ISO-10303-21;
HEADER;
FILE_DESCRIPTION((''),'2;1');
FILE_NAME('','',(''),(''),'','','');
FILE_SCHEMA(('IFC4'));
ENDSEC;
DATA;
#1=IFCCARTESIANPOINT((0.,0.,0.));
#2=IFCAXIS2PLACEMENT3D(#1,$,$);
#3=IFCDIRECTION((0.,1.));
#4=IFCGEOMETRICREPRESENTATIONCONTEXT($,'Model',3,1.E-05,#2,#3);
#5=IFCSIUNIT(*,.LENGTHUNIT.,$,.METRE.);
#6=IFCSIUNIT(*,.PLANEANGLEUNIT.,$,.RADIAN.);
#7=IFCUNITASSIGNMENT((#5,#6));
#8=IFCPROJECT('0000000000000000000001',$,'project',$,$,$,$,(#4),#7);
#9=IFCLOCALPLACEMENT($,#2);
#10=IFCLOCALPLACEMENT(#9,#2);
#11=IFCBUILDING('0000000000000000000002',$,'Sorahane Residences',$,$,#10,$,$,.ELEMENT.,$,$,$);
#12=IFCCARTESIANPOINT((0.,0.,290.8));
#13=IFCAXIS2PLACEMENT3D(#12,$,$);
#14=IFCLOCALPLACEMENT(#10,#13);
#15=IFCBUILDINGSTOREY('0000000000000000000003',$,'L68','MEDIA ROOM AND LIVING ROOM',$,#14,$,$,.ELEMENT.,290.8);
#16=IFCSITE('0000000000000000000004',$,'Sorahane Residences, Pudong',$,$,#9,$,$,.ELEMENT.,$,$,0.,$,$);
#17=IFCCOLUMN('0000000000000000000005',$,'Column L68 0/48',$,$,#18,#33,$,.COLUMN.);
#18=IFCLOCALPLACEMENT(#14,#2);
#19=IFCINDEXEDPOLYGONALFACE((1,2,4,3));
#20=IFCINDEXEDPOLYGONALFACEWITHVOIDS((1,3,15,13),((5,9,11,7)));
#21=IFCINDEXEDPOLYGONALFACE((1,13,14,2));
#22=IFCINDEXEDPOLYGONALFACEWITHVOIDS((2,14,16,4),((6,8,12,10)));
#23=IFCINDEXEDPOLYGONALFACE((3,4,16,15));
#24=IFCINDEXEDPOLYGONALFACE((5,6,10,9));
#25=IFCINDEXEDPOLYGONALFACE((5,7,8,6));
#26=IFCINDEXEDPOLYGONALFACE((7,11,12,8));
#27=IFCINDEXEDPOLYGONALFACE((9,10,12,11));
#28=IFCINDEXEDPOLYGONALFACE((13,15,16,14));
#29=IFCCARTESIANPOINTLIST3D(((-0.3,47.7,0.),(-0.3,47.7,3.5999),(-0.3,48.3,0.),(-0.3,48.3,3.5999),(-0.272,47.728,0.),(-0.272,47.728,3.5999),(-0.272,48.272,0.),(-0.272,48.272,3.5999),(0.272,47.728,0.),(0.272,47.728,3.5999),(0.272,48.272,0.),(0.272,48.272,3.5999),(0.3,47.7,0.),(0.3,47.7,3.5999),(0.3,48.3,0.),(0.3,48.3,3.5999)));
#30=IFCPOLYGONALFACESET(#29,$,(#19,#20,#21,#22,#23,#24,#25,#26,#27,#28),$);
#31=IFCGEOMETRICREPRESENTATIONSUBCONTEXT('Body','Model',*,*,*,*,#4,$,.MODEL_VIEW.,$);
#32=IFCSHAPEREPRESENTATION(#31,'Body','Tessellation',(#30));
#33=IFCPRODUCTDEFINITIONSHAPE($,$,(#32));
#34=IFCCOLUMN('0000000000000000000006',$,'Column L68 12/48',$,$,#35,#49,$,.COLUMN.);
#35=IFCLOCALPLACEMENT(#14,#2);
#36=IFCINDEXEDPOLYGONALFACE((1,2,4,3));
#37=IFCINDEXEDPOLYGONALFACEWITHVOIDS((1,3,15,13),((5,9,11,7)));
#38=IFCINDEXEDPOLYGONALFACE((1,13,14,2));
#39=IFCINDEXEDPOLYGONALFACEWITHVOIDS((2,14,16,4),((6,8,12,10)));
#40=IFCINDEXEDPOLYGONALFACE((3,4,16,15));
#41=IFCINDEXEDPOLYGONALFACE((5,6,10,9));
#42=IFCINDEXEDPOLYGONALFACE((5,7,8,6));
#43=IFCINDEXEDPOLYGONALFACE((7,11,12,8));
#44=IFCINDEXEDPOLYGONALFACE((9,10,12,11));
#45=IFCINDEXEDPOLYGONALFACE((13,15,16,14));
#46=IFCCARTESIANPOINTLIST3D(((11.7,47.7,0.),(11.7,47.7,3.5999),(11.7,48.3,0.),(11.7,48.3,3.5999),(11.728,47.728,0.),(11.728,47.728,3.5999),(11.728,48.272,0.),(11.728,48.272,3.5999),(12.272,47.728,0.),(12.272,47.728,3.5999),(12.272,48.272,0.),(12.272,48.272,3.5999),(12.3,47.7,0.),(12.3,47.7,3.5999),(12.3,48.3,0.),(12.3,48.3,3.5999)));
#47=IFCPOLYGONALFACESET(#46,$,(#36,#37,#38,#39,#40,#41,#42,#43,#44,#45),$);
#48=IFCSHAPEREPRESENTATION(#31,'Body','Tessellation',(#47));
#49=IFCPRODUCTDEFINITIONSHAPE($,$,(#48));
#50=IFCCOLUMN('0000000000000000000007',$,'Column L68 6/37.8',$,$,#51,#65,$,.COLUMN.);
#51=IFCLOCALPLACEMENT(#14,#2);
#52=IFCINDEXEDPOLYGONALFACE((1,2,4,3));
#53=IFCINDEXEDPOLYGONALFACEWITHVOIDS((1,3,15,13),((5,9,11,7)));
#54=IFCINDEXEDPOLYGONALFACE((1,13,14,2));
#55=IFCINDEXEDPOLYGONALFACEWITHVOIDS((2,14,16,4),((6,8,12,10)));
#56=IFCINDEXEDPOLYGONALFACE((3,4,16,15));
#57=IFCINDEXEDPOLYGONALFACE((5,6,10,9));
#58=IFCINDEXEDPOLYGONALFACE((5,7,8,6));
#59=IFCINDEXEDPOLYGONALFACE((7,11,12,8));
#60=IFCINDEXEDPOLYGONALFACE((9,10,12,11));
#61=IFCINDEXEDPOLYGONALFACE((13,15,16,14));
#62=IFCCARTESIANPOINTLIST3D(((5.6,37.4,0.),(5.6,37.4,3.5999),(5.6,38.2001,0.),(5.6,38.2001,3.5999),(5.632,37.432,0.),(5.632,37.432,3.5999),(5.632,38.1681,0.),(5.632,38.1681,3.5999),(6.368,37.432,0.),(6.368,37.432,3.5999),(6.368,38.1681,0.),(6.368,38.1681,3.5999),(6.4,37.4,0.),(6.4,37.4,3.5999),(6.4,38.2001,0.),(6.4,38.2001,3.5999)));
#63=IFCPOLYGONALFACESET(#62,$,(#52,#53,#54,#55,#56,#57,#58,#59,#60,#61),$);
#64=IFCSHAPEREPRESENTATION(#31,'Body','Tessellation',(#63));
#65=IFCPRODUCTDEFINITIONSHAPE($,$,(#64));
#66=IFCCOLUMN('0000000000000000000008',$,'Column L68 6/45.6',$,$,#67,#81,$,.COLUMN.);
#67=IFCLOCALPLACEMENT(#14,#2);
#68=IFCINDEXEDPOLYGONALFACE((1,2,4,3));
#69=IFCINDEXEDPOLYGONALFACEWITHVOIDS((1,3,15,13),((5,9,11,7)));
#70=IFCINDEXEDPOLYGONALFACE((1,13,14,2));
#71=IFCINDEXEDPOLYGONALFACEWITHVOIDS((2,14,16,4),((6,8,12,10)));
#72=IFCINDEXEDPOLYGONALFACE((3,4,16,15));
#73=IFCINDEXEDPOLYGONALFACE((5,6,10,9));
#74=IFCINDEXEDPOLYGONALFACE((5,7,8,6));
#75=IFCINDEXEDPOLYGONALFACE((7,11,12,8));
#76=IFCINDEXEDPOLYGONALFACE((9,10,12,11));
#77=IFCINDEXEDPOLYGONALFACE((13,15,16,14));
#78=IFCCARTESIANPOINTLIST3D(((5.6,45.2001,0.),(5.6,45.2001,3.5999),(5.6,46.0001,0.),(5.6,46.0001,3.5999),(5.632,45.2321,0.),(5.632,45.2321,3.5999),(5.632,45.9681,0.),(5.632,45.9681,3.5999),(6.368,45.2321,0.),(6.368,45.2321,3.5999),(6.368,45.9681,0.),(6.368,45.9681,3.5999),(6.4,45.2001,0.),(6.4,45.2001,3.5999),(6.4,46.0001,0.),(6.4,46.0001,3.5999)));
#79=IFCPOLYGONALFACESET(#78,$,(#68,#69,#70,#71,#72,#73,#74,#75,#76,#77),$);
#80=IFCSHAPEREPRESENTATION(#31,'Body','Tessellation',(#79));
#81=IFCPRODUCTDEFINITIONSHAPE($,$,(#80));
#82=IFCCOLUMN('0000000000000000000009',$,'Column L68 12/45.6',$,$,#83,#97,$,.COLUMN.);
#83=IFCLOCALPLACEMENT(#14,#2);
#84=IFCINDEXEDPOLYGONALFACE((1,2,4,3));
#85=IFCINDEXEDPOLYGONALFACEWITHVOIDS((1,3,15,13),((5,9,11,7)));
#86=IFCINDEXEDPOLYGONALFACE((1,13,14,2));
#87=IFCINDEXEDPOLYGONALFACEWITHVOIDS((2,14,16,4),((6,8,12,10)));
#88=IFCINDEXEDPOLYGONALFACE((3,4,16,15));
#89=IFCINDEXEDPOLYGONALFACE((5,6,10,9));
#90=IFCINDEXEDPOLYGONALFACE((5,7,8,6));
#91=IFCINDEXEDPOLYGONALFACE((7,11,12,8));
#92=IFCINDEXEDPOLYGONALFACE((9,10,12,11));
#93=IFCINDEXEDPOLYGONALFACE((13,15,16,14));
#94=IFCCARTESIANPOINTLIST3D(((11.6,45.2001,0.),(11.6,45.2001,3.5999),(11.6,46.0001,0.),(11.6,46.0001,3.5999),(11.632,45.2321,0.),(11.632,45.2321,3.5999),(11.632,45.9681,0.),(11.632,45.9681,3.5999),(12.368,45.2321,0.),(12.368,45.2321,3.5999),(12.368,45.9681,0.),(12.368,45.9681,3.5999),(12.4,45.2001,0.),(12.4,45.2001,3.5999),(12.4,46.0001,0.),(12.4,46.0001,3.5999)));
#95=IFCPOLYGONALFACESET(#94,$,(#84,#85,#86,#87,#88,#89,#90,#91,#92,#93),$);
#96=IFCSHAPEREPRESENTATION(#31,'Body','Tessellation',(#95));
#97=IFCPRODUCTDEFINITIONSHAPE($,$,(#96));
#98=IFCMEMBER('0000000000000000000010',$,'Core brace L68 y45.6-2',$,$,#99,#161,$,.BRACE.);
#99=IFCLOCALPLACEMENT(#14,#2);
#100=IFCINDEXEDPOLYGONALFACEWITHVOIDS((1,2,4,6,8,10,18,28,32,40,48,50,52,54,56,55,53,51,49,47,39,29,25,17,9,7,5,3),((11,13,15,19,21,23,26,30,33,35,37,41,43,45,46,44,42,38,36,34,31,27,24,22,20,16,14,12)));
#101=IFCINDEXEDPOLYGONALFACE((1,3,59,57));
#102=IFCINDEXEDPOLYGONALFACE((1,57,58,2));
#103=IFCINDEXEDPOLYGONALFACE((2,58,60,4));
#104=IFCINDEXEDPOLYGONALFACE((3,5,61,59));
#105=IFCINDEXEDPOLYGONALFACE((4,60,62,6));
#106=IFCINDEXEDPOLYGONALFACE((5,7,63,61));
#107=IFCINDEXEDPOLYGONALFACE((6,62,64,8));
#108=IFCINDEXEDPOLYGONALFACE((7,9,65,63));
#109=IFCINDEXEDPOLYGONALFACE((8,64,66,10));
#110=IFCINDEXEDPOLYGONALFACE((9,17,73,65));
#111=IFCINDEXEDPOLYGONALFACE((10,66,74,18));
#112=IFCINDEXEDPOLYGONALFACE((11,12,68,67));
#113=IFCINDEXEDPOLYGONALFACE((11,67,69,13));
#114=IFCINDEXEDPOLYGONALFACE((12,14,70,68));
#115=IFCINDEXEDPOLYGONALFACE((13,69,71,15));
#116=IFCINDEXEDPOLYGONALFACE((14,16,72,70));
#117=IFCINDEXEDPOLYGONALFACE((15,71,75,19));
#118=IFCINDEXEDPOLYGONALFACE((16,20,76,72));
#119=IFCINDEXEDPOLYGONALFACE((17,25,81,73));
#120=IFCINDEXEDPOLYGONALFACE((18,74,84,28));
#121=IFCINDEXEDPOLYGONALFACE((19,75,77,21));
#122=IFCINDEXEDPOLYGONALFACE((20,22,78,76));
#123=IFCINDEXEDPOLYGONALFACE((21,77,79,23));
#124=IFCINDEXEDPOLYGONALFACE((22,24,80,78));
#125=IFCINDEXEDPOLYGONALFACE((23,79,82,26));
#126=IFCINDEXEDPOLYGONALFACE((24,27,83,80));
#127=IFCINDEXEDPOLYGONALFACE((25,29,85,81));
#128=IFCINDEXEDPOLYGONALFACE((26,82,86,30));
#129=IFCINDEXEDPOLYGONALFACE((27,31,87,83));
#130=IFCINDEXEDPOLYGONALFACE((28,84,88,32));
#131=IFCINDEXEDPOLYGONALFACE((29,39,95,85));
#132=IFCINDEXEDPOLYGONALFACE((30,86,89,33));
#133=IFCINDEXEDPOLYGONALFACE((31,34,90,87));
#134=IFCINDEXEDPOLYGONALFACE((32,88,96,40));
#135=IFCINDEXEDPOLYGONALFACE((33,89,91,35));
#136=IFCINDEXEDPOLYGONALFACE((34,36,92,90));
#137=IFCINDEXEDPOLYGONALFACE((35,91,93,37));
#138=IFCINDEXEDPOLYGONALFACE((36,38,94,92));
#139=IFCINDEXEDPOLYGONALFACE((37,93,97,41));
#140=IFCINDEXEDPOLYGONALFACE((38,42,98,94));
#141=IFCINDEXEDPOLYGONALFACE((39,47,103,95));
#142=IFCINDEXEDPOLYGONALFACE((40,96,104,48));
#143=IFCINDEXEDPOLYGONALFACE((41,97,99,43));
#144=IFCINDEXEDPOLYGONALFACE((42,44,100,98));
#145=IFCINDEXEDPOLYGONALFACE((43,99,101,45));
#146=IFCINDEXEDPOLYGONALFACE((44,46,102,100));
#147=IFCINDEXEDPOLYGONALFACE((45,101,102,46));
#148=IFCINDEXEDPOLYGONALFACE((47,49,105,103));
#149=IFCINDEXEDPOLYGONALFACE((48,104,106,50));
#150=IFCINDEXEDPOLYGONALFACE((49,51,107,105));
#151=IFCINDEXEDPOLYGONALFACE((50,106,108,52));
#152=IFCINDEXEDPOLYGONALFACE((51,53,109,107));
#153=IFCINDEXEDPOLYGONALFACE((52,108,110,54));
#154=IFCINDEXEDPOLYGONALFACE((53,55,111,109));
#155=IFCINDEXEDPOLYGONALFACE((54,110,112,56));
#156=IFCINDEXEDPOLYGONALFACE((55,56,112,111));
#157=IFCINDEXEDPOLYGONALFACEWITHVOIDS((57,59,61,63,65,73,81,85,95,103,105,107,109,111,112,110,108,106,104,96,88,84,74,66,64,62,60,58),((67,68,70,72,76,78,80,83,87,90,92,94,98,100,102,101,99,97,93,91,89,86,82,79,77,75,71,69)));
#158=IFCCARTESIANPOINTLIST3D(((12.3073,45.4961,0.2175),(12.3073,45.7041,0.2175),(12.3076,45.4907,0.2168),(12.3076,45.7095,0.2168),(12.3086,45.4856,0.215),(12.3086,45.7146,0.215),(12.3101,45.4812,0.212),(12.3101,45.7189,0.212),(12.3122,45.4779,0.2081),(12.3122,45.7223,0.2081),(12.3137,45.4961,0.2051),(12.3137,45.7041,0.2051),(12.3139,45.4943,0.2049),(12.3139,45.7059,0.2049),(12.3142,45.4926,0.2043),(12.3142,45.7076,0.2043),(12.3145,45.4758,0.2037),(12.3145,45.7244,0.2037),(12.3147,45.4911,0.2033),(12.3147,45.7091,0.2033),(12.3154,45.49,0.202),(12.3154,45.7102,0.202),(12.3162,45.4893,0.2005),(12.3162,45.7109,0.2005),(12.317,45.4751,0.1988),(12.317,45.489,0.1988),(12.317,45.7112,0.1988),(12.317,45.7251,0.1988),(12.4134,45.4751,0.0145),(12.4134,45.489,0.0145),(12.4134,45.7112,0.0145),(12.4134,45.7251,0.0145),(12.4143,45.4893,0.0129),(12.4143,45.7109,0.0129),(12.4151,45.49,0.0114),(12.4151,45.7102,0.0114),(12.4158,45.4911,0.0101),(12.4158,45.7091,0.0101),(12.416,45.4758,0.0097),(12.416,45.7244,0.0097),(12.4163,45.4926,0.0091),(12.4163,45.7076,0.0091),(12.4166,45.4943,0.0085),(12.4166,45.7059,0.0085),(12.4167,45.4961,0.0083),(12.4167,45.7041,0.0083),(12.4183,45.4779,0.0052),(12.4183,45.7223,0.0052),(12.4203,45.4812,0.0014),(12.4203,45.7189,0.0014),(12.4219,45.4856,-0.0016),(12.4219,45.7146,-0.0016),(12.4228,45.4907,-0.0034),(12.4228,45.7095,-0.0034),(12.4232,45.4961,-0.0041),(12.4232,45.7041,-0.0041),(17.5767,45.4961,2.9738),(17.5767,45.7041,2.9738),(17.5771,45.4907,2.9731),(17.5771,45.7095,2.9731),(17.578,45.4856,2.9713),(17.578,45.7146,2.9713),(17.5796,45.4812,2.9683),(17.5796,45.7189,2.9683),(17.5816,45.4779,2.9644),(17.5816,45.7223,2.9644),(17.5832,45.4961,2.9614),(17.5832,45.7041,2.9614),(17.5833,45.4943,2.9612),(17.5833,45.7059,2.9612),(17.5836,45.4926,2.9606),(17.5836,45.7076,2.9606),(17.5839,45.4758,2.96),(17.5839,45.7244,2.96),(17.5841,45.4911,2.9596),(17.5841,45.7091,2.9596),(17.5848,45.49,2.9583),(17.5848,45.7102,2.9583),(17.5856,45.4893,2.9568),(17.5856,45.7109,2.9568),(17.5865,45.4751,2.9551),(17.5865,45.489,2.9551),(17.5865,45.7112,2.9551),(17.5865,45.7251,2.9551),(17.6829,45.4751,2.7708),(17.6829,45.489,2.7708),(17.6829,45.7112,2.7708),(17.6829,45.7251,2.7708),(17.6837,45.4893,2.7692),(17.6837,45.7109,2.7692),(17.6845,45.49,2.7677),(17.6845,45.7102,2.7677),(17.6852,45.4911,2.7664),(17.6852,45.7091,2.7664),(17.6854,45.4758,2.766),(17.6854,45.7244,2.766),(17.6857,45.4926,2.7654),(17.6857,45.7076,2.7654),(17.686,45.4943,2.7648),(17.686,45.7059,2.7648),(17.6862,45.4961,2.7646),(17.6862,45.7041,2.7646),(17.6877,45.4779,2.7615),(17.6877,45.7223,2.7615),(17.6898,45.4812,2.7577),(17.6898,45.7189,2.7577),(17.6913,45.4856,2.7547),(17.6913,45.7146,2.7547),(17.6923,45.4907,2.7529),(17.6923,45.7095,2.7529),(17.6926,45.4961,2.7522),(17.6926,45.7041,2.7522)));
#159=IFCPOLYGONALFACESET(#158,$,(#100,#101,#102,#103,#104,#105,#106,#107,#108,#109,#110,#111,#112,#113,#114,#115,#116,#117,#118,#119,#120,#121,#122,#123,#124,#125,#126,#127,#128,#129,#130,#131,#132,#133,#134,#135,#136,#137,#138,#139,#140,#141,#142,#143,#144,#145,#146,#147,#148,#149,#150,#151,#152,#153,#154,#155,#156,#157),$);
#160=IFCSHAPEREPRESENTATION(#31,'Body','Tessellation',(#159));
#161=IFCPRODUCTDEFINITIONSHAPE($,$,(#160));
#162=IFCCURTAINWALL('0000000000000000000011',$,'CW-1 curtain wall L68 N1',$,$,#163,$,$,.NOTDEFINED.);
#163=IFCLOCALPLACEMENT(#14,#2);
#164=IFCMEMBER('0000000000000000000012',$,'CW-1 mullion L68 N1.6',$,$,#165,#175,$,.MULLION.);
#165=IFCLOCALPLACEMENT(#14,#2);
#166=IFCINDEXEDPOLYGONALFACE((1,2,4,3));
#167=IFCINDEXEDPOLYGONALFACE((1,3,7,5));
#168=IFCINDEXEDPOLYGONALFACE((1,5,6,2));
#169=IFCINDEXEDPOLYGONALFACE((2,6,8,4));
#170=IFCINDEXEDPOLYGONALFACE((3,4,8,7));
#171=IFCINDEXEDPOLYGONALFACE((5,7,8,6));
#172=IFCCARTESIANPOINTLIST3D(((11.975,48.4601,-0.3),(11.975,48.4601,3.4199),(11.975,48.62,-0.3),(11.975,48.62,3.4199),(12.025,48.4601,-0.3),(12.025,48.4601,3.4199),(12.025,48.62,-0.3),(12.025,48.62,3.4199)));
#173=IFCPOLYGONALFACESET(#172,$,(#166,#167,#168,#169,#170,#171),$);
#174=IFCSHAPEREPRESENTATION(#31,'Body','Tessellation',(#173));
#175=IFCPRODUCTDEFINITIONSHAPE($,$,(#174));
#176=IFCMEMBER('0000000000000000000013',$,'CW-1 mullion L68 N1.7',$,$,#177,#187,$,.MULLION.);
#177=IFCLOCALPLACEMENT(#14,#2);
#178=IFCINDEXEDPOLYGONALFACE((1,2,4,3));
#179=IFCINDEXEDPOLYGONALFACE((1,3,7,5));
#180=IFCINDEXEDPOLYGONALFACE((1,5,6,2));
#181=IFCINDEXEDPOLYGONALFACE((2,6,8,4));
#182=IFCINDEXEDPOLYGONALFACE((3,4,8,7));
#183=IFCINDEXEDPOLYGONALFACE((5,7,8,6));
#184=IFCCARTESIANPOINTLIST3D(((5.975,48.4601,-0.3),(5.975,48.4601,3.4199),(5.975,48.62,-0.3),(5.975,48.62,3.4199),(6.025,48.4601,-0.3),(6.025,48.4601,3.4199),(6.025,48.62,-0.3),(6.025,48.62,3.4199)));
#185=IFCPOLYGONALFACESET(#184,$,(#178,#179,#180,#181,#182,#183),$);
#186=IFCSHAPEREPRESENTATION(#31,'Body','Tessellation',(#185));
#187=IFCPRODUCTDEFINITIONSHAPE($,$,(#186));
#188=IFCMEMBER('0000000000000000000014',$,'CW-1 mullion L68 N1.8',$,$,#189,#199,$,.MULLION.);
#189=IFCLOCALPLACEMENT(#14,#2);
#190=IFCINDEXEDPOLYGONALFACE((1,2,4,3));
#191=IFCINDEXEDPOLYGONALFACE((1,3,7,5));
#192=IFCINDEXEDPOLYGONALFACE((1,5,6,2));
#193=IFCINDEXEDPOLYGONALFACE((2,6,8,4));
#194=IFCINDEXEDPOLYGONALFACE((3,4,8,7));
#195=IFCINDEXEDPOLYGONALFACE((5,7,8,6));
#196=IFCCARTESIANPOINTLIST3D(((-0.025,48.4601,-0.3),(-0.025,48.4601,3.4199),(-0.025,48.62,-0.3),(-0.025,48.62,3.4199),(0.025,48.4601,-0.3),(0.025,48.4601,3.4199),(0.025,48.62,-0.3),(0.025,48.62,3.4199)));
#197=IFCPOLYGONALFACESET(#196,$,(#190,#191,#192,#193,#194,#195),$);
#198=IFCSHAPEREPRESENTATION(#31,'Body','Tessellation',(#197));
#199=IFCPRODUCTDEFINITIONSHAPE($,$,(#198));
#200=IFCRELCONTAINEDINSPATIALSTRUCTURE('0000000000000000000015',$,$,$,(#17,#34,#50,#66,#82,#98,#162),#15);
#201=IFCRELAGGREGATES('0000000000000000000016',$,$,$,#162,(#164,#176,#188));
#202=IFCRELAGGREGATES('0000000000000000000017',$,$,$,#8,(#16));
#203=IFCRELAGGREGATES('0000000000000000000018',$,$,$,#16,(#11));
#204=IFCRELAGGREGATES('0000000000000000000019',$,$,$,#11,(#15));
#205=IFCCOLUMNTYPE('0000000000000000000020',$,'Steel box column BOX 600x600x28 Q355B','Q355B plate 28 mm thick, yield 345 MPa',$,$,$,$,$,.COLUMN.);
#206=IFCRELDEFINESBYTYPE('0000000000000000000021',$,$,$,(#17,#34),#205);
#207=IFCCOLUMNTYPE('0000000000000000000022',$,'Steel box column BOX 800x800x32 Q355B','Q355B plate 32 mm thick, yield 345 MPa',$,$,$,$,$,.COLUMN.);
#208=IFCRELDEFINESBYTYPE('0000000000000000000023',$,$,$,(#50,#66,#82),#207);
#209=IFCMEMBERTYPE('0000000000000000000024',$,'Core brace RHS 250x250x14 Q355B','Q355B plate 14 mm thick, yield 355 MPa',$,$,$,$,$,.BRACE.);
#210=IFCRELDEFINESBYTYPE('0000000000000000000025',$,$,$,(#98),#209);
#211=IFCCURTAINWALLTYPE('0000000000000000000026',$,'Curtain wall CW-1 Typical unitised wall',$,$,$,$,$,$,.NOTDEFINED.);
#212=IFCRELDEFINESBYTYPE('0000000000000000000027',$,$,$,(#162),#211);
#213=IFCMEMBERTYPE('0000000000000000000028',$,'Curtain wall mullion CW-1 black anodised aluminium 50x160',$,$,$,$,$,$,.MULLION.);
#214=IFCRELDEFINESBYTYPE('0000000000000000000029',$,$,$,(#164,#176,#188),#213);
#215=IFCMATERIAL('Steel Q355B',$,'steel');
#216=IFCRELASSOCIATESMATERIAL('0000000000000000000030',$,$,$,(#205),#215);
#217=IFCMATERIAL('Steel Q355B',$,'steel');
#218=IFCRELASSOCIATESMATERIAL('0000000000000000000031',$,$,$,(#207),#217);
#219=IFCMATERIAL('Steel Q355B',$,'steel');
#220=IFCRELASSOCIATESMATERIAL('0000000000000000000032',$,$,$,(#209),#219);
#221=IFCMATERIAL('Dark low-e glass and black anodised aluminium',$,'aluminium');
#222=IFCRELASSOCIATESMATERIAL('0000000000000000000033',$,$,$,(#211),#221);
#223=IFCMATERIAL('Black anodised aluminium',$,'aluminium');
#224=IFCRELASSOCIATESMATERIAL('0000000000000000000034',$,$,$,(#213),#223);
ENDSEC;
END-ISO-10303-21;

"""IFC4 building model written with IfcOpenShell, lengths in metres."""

from ifc_helpers import new_model, si_unit, direction, frame, origin, origin_2d, place, context, subcontext, project, spatial, rectangle, hollow_rectangle, extrude, material, material_profile, profile_set, type_object, element, aggregate, save


model = new_model("IFC4")

# Units and contexts
model_context = context("Model", 3, precision=1e-05, world=origin(), true_north=direction((0.0, 1.0)))
body_context = subcontext(model_context, "Body", "Model", "MODEL_VIEW")
ifc_project = project(units=[si_unit("LENGTHUNIT", "METRE"), si_unit("PLANEANGLEUNIT", "RADIAN")], contexts=[model_context])

# Site, building, storey
site_placement = place(None, origin())
site = spatial("IfcSite", under=ifc_project, at=site_placement, Name="Sorahane Residences, Pudong", CompositionType="ELEMENT", RefElevation=0.0)
building_placement = place(site_placement, origin())
building = spatial("IfcBuilding", under=site, at=building_placement, Name="Sorahane Residences", CompositionType="ELEMENT")
storey_placement = place(building_placement, frame((0.0, 0.0, 290.8)))
storey = spatial("IfcBuildingStorey", under=building, at=storey_placement, Name="L68", Description="MEDIA ROOM AND LIVING ROOM", CompositionType="ELEMENT", Elevation=290.8)

# Columns
ifc_material_1 = material(Name="Steel Q355B", Category="steel")
ifc_material_profile_1 = material_profile(ifc_material_1, hollow_rectangle(XDim=0.6001, YDim=0.6001, WallThickness=0.0281, at=origin_2d()), Name="BOX 600x600x28")
ifc_profile_set_1 = profile_set([ifc_material_profile_1], Name="Steel Q355B")
column_type_1 = type_object("IfcColumnType", Name="Steel box column BOX 600x600x28 Q355B", Description="Q355B plate 28 mm thick, yield 345 MPa", PredefinedType="COLUMN", material=ifc_profile_set_1)
for number, where, z_axis, x_axis, name in (
    (1, (0.0, 48.0, 0.0), (0.0, 0.0, 1.0), (1.0, 0.0, 0.0), "Column L68 0/48"),
    (2, (12.0, 48.0, 0.0), (0.0, 0.0, 1.0), (1.0, 0.0, 0.0), "Column L68 12/48"),
):
    element("IfcColumn", number, at=place(storey_placement, frame(where, z_axis=z_axis, x_axis=x_axis)), inside=storey, type_object=column_type_1, Name=name, PredefinedType="COLUMN", context=body_context, shape_type="SweptSolid", body=[
        extrude(hollow_rectangle(XDim=0.6001, YDim=0.6001, WallThickness=0.0281, at=origin_2d()), origin(), (0.0, 0.0, 1.0), 3.5999),
    ])
ifc_material_2 = material(Name="Steel Q355B", Category="steel")
ifc_material_profile_2 = material_profile(ifc_material_2, hollow_rectangle(XDim=0.8, YDim=0.8, WallThickness=0.032, at=origin_2d()), Name="BOX 800x800x32")
ifc_profile_set_2 = profile_set([ifc_material_profile_2], Name="Steel Q355B")
column_type_2 = type_object("IfcColumnType", Name="Steel box column BOX 800x800x32 Q355B", Description="Q355B plate 32 mm thick, yield 345 MPa", PredefinedType="COLUMN", material=ifc_profile_set_2)
for number, where, z_axis, x_axis, name in (
    (3, (6.0, 37.8, 0.0), (0.0, 0.0, 1.0), (1.0, 0.0, 0.0), "Column L68 6/37.8"),
    (4, (6.0, 45.6001, 0.0), (0.0, 0.0, 1.0), (1.0, 0.0, 0.0), "Column L68 6/45.6"),
    (5, (12.0, 45.6001, 0.0), (0.0, 0.0, 1.0), (1.0, 0.0, 0.0), "Column L68 12/45.6"),
):
    element("IfcColumn", number, at=place(storey_placement, frame(where, z_axis=z_axis, x_axis=x_axis)), inside=storey, type_object=column_type_2, Name=name, PredefinedType="COLUMN", context=body_context, shape_type="SweptSolid", body=[
        extrude(hollow_rectangle(XDim=0.8, YDim=0.8, WallThickness=0.032, at=origin_2d()), origin(), (0.0, 0.0, 1.0), 3.5999),
    ])

# Member
ifc_material_3 = material(Name="Steel Q355B", Category="steel")
ifc_material_profile_3 = material_profile(ifc_material_3, hollow_rectangle(XDim=0.25, YDim=0.25, WallThickness=0.0139, InnerFilletRadius=0.0071, OuterFilletRadius=0.021, at=origin_2d()), Name="RHS 250x250x14")
ifc_profile_set_3 = profile_set([ifc_material_profile_3], Name="Steel Q355B")
member_type_1 = type_object("IfcMemberType", Name="Core brace RHS 250x250x14 Q355B", Description="Q355B plate 14 mm thick, yield 355 MPa", PredefinedType="BRACE", material=ifc_profile_set_3)
member_1_placement = place(storey_placement, frame((12.3652, 45.6001, 0.1067), z_axis=(0.8861, 0.0, 0.463495), x_axis=(0.0, 1.0, 0.0)))
element("IfcMember", 6, at=member_1_placement, inside=storey, type_object=member_type_1, Name="Core brace L68 y45.6-2", PredefinedType="BRACE", context=body_context, shape_type="SweptSolid", body=[
    extrude(hollow_rectangle(XDim=0.25, YDim=0.25, WallThickness=0.0139, InnerFilletRadius=0.0071, OuterFilletRadius=0.021, at=origin_2d()), origin(), (0.0, 0.0, 1.0), 5.9468),
])

# Curtain wall, members
ifc_material_4 = material(Name="Dark low-e glass and black anodised aluminium", Category="aluminium")
curtain_wall_type = type_object("IfcCurtainWallType", Name="Curtain wall CW-1 Typical unitised wall", PredefinedType="NOTDEFINED", material=ifc_material_4)
curtain_wall_placement = place(storey_placement, origin())
curtain_wall = element("IfcCurtainWall", 7, at=curtain_wall_placement, inside=storey, type_object=curtain_wall_type, Name="CW-1 curtain wall L68 N1", PredefinedType="NOTDEFINED")
ifc_material_5 = material(Name="Black anodised aluminium", Category="aluminium")
ifc_material_profile_4 = material_profile(ifc_material_5, rectangle(XDim=0.1599, YDim=0.05, at=origin_2d()), Name="Curtain wall mullion CW-1 black anodised aluminium 50x160")
ifc_profile_set_4 = profile_set([ifc_material_profile_4], Name="Black anodised aluminium")
member_type_2 = type_object("IfcMemberType", Name="Curtain wall mullion CW-1 black anodised aluminium 50x160", PredefinedType="MULLION", material=ifc_profile_set_4)
member_2_placement = place(storey_placement, frame((12.0, 48.54, -0.3), z_axis=(0.0, 0.0, 1.0), x_axis=(0.0, 1.0, 0.0)))
member_2 = element("IfcMember", 8, at=member_2_placement, type_object=member_type_2, Name="CW-1 mullion L68 N1.6", PredefinedType="MULLION", context=body_context, shape_type="SweptSolid", body=[
    extrude(rectangle(XDim=0.1599, YDim=0.05, at=origin_2d()), origin(), (0.0, 0.0, 1.0), 3.72),
])
member_3_placement = place(storey_placement, frame((6.0, 48.54, -0.3), z_axis=(0.0, 0.0, 1.0), x_axis=(0.0, 1.0, 0.0)))
member_3 = element("IfcMember", 9, at=member_3_placement, type_object=member_type_2, Name="CW-1 mullion L68 N1.7", PredefinedType="MULLION", context=body_context, shape_type="SweptSolid", body=[
    extrude(rectangle(XDim=0.1599, YDim=0.05, at=origin_2d()), origin(), (0.0, 0.0, 1.0), 3.72),
])
member_4_placement = place(storey_placement, frame((0.0, 48.54, -0.3), z_axis=(0.0, 0.0, 1.0), x_axis=(0.0, 1.0, 0.0)))
member_4 = element("IfcMember", 10, at=member_4_placement, type_object=member_type_2, Name="CW-1 mullion L68 N1.8", PredefinedType="MULLION", context=body_context, shape_type="SweptSolid", body=[
    extrude(rectangle(XDim=0.1599, YDim=0.05, at=origin_2d()), origin(), (0.0, 0.0, 1.0), 3.72),
])

aggregate(curtain_wall, [member_2, member_3, member_4])

save(model, "model.ifc")
